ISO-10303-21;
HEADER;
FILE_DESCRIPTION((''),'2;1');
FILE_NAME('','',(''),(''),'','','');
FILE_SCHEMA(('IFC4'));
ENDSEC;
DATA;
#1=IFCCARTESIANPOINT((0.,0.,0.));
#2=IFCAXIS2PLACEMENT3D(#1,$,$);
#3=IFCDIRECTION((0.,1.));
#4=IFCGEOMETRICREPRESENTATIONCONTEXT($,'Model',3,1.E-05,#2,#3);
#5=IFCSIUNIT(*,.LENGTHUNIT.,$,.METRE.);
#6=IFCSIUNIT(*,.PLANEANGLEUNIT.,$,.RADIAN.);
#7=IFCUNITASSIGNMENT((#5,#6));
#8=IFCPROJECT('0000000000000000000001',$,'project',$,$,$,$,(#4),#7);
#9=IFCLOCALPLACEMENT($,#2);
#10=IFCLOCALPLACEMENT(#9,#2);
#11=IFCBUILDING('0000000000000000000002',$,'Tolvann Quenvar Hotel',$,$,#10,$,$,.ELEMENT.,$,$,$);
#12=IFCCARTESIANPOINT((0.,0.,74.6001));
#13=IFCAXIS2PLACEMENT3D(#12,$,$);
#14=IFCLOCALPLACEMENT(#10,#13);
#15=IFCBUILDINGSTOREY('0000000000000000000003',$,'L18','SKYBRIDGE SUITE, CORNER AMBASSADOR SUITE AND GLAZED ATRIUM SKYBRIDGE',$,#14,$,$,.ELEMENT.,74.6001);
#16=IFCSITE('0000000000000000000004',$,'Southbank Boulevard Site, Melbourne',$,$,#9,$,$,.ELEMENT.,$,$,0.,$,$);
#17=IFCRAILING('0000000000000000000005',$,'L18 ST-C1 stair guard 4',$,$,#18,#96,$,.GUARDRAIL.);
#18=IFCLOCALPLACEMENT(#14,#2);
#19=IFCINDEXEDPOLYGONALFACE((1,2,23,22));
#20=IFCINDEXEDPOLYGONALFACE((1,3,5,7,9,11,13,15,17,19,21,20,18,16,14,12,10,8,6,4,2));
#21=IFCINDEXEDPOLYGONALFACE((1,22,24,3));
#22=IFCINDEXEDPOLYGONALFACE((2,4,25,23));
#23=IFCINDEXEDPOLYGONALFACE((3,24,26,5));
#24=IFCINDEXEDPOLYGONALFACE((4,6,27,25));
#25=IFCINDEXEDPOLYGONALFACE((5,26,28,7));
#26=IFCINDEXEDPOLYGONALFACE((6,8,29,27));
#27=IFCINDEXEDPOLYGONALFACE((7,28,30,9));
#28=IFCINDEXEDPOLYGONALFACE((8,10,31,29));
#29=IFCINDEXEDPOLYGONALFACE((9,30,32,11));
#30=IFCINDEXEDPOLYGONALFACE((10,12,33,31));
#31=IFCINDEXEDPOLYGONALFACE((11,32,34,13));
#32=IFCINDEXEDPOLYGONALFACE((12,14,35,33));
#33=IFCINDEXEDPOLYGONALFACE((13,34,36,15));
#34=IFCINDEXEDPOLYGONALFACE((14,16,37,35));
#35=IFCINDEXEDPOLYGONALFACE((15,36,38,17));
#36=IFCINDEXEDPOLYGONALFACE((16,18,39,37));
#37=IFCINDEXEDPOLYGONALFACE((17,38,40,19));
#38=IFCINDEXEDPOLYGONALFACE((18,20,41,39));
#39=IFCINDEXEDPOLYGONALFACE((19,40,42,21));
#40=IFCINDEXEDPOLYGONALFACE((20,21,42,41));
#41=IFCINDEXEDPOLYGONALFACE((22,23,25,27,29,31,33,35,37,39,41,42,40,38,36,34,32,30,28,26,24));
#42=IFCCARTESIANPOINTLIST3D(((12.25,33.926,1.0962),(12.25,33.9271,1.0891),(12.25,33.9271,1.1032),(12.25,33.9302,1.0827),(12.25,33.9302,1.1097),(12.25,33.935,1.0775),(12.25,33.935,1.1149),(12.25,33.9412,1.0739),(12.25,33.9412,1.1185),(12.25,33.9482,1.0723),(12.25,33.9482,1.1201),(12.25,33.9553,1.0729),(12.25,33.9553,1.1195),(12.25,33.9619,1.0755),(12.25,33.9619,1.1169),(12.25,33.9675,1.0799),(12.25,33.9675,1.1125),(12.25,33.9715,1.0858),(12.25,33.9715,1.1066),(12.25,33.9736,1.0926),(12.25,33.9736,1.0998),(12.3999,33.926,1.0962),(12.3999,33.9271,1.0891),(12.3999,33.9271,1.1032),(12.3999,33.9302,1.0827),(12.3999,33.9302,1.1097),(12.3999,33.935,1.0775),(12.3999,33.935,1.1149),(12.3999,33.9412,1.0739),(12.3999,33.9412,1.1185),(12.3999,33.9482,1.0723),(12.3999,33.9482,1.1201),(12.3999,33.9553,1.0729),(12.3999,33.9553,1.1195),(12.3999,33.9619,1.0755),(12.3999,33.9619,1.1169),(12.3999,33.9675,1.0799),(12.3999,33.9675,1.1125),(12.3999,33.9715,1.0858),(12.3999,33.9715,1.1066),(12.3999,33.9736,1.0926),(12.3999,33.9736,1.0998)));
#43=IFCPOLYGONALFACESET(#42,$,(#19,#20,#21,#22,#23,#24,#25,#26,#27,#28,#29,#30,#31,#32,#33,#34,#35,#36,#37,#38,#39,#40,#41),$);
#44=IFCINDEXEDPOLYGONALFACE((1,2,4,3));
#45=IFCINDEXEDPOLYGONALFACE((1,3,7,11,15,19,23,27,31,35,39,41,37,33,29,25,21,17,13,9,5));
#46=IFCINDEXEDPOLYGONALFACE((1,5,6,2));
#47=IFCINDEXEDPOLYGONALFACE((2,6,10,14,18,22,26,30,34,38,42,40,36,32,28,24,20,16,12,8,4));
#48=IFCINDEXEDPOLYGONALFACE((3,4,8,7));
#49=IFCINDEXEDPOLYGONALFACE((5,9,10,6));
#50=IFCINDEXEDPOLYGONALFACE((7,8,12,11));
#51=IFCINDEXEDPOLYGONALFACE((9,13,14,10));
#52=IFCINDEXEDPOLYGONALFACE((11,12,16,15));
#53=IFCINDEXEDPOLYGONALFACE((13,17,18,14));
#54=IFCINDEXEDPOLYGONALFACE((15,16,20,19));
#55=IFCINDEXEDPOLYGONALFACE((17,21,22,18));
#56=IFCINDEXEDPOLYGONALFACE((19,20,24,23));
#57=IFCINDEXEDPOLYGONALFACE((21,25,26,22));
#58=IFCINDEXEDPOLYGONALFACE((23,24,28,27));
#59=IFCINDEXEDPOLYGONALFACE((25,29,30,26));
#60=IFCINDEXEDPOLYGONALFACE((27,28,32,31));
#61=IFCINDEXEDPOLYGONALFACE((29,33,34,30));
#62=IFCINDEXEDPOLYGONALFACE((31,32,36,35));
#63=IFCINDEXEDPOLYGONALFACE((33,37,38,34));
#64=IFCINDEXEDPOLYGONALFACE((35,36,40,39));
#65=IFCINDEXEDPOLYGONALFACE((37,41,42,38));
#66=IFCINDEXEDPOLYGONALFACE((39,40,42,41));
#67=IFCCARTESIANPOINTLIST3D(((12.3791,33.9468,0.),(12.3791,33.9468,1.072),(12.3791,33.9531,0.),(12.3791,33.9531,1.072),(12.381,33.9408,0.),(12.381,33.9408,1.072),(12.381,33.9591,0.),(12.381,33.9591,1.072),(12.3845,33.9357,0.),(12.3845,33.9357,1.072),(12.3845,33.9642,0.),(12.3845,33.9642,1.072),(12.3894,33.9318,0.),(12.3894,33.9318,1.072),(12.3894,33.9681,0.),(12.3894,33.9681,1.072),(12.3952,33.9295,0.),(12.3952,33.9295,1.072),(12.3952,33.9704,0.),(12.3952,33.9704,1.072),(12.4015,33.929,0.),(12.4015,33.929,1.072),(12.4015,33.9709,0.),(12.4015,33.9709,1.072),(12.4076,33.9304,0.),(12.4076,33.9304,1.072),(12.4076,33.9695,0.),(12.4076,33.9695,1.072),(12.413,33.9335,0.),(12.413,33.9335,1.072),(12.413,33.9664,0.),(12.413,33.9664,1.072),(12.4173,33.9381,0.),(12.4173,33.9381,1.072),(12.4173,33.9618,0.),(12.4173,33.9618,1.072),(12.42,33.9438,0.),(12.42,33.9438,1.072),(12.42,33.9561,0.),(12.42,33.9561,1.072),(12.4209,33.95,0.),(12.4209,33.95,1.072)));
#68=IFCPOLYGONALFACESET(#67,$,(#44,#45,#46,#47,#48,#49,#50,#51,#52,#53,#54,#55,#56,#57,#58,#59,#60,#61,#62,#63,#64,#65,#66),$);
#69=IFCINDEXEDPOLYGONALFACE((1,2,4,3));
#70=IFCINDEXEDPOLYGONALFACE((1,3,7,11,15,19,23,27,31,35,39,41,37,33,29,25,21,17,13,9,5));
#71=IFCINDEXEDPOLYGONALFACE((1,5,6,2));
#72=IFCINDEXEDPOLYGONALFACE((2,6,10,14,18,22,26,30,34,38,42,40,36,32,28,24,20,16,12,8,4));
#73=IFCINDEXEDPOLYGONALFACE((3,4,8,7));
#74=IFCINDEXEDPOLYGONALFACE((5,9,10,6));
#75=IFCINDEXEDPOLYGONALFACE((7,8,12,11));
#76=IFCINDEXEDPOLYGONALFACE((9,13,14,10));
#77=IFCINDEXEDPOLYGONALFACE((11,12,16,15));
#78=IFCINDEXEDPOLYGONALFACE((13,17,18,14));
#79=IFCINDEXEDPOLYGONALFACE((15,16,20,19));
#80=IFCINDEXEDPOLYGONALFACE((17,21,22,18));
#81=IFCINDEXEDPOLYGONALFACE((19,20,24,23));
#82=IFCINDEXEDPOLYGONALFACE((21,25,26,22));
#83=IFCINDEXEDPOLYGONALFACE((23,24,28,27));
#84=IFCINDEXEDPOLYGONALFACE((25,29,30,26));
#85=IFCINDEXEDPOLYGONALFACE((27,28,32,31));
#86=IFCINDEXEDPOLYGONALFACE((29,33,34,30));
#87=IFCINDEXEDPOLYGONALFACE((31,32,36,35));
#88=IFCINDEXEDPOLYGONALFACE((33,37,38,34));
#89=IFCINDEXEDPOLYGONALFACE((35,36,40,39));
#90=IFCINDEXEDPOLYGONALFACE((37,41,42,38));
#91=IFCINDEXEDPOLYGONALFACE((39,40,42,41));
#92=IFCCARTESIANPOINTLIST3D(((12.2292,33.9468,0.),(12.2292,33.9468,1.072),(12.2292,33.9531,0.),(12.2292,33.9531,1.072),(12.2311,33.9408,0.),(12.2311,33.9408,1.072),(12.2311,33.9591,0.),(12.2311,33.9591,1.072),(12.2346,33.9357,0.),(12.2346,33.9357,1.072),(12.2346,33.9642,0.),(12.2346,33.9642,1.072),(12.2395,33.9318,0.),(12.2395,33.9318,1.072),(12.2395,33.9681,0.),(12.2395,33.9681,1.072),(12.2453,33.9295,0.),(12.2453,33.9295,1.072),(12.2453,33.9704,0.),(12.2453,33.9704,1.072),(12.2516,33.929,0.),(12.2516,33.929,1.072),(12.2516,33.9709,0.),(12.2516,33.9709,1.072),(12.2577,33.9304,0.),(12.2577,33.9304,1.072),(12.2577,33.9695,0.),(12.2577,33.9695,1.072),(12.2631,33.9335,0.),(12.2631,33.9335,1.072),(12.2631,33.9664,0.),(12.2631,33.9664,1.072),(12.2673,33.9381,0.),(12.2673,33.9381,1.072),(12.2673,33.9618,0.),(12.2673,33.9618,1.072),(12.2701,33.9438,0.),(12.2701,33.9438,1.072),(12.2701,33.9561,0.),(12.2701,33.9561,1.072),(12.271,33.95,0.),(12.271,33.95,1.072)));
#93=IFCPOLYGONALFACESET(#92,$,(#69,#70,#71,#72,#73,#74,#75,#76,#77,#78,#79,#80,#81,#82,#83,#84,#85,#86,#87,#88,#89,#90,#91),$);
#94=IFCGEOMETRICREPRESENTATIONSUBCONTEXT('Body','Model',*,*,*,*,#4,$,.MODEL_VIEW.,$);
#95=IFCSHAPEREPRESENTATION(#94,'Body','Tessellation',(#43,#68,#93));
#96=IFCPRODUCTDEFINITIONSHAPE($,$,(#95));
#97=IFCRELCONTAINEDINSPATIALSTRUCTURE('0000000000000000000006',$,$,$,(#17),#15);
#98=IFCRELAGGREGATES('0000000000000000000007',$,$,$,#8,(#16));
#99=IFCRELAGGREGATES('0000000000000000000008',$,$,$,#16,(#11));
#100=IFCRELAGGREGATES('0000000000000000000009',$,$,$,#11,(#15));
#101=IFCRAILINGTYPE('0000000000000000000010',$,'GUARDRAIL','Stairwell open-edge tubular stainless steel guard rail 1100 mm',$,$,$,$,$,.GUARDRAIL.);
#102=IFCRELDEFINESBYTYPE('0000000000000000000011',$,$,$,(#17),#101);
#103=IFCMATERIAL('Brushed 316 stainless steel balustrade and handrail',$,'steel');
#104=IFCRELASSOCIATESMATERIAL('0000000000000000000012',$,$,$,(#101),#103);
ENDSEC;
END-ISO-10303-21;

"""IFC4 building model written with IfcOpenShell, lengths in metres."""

from ifc_helpers import new_model, si_unit, direction, frame, origin, origin_2d, place, context, subcontext, project, spatial, circle, extrude, material, type_object, element, save


model = new_model("IFC4")

# Units and contexts
model_context = context("Model", 3, precision=1e-05, world=origin(), true_north=direction((0.0, 1.0)))
body_context = subcontext(model_context, "Body", "Model", "MODEL_VIEW")
ifc_project = project(units=[si_unit("LENGTHUNIT", "METRE"), si_unit("PLANEANGLEUNIT", "RADIAN")], contexts=[model_context])

# Site, building, storey
site_placement = place(None, origin())
site = spatial("IfcSite", under=ifc_project, at=site_placement, Name="Southbank Boulevard Site, Melbourne", CompositionType="ELEMENT", RefElevation=0.0)
building_placement = place(site_placement, origin())
building = spatial("IfcBuilding", under=site, at=building_placement, Name="Tolvann Quenvar Hotel", CompositionType="ELEMENT")
storey_placement = place(building_placement, frame((0.0, 0.0, 74.6001)))
storey = spatial("IfcBuildingStorey", under=building, at=storey_placement, Name="L18", Description="SKYBRIDGE SUITE, CORNER AMBASSADOR SUITE AND GLAZED ATRIUM SKYBRIDGE", CompositionType="ELEMENT", Elevation=74.6001)

# Railing
ifc_material_1 = material(Name="Brushed 316 stainless steel balustrade and handrail", Category="steel")
railing_type = type_object("IfcRailingType", Name="GUARDRAIL", Description="Stairwell open-edge tubular stainless steel guard rail 1100 mm", PredefinedType="GUARDRAIL", material=ifc_material_1)
railing_1_placement = place(storey_placement, frame((12.3999, 33.95, 0.0)))
element("IfcRailing", 1, at=railing_1_placement, inside=storey, type_object=railing_type, Name="L18 ST-C1 stair guard 4", PredefinedType="GUARDRAIL", context=body_context, shape_type="SweptSolid", body=[
    extrude(circle(Radius=0.0239, at=origin_2d()), frame((0.0, 0.0, 1.0962), z_axis=(-1.0, 0.0, 0.0), x_axis=(0.0, -1.0, 0.0)), (0.0, 0.0, 1.0), 0.1499),
    extrude(circle(Radius=0.021, at=origin_2d()), origin(), (0.0, 0.0, 1.0), 1.072),
    extrude(circle(Radius=0.021, at=origin_2d()), frame((-0.1499, 0.0, 0.0)), (0.0, 0.0, 1.0), 1.072),
])

save(model, "model.ifc")
